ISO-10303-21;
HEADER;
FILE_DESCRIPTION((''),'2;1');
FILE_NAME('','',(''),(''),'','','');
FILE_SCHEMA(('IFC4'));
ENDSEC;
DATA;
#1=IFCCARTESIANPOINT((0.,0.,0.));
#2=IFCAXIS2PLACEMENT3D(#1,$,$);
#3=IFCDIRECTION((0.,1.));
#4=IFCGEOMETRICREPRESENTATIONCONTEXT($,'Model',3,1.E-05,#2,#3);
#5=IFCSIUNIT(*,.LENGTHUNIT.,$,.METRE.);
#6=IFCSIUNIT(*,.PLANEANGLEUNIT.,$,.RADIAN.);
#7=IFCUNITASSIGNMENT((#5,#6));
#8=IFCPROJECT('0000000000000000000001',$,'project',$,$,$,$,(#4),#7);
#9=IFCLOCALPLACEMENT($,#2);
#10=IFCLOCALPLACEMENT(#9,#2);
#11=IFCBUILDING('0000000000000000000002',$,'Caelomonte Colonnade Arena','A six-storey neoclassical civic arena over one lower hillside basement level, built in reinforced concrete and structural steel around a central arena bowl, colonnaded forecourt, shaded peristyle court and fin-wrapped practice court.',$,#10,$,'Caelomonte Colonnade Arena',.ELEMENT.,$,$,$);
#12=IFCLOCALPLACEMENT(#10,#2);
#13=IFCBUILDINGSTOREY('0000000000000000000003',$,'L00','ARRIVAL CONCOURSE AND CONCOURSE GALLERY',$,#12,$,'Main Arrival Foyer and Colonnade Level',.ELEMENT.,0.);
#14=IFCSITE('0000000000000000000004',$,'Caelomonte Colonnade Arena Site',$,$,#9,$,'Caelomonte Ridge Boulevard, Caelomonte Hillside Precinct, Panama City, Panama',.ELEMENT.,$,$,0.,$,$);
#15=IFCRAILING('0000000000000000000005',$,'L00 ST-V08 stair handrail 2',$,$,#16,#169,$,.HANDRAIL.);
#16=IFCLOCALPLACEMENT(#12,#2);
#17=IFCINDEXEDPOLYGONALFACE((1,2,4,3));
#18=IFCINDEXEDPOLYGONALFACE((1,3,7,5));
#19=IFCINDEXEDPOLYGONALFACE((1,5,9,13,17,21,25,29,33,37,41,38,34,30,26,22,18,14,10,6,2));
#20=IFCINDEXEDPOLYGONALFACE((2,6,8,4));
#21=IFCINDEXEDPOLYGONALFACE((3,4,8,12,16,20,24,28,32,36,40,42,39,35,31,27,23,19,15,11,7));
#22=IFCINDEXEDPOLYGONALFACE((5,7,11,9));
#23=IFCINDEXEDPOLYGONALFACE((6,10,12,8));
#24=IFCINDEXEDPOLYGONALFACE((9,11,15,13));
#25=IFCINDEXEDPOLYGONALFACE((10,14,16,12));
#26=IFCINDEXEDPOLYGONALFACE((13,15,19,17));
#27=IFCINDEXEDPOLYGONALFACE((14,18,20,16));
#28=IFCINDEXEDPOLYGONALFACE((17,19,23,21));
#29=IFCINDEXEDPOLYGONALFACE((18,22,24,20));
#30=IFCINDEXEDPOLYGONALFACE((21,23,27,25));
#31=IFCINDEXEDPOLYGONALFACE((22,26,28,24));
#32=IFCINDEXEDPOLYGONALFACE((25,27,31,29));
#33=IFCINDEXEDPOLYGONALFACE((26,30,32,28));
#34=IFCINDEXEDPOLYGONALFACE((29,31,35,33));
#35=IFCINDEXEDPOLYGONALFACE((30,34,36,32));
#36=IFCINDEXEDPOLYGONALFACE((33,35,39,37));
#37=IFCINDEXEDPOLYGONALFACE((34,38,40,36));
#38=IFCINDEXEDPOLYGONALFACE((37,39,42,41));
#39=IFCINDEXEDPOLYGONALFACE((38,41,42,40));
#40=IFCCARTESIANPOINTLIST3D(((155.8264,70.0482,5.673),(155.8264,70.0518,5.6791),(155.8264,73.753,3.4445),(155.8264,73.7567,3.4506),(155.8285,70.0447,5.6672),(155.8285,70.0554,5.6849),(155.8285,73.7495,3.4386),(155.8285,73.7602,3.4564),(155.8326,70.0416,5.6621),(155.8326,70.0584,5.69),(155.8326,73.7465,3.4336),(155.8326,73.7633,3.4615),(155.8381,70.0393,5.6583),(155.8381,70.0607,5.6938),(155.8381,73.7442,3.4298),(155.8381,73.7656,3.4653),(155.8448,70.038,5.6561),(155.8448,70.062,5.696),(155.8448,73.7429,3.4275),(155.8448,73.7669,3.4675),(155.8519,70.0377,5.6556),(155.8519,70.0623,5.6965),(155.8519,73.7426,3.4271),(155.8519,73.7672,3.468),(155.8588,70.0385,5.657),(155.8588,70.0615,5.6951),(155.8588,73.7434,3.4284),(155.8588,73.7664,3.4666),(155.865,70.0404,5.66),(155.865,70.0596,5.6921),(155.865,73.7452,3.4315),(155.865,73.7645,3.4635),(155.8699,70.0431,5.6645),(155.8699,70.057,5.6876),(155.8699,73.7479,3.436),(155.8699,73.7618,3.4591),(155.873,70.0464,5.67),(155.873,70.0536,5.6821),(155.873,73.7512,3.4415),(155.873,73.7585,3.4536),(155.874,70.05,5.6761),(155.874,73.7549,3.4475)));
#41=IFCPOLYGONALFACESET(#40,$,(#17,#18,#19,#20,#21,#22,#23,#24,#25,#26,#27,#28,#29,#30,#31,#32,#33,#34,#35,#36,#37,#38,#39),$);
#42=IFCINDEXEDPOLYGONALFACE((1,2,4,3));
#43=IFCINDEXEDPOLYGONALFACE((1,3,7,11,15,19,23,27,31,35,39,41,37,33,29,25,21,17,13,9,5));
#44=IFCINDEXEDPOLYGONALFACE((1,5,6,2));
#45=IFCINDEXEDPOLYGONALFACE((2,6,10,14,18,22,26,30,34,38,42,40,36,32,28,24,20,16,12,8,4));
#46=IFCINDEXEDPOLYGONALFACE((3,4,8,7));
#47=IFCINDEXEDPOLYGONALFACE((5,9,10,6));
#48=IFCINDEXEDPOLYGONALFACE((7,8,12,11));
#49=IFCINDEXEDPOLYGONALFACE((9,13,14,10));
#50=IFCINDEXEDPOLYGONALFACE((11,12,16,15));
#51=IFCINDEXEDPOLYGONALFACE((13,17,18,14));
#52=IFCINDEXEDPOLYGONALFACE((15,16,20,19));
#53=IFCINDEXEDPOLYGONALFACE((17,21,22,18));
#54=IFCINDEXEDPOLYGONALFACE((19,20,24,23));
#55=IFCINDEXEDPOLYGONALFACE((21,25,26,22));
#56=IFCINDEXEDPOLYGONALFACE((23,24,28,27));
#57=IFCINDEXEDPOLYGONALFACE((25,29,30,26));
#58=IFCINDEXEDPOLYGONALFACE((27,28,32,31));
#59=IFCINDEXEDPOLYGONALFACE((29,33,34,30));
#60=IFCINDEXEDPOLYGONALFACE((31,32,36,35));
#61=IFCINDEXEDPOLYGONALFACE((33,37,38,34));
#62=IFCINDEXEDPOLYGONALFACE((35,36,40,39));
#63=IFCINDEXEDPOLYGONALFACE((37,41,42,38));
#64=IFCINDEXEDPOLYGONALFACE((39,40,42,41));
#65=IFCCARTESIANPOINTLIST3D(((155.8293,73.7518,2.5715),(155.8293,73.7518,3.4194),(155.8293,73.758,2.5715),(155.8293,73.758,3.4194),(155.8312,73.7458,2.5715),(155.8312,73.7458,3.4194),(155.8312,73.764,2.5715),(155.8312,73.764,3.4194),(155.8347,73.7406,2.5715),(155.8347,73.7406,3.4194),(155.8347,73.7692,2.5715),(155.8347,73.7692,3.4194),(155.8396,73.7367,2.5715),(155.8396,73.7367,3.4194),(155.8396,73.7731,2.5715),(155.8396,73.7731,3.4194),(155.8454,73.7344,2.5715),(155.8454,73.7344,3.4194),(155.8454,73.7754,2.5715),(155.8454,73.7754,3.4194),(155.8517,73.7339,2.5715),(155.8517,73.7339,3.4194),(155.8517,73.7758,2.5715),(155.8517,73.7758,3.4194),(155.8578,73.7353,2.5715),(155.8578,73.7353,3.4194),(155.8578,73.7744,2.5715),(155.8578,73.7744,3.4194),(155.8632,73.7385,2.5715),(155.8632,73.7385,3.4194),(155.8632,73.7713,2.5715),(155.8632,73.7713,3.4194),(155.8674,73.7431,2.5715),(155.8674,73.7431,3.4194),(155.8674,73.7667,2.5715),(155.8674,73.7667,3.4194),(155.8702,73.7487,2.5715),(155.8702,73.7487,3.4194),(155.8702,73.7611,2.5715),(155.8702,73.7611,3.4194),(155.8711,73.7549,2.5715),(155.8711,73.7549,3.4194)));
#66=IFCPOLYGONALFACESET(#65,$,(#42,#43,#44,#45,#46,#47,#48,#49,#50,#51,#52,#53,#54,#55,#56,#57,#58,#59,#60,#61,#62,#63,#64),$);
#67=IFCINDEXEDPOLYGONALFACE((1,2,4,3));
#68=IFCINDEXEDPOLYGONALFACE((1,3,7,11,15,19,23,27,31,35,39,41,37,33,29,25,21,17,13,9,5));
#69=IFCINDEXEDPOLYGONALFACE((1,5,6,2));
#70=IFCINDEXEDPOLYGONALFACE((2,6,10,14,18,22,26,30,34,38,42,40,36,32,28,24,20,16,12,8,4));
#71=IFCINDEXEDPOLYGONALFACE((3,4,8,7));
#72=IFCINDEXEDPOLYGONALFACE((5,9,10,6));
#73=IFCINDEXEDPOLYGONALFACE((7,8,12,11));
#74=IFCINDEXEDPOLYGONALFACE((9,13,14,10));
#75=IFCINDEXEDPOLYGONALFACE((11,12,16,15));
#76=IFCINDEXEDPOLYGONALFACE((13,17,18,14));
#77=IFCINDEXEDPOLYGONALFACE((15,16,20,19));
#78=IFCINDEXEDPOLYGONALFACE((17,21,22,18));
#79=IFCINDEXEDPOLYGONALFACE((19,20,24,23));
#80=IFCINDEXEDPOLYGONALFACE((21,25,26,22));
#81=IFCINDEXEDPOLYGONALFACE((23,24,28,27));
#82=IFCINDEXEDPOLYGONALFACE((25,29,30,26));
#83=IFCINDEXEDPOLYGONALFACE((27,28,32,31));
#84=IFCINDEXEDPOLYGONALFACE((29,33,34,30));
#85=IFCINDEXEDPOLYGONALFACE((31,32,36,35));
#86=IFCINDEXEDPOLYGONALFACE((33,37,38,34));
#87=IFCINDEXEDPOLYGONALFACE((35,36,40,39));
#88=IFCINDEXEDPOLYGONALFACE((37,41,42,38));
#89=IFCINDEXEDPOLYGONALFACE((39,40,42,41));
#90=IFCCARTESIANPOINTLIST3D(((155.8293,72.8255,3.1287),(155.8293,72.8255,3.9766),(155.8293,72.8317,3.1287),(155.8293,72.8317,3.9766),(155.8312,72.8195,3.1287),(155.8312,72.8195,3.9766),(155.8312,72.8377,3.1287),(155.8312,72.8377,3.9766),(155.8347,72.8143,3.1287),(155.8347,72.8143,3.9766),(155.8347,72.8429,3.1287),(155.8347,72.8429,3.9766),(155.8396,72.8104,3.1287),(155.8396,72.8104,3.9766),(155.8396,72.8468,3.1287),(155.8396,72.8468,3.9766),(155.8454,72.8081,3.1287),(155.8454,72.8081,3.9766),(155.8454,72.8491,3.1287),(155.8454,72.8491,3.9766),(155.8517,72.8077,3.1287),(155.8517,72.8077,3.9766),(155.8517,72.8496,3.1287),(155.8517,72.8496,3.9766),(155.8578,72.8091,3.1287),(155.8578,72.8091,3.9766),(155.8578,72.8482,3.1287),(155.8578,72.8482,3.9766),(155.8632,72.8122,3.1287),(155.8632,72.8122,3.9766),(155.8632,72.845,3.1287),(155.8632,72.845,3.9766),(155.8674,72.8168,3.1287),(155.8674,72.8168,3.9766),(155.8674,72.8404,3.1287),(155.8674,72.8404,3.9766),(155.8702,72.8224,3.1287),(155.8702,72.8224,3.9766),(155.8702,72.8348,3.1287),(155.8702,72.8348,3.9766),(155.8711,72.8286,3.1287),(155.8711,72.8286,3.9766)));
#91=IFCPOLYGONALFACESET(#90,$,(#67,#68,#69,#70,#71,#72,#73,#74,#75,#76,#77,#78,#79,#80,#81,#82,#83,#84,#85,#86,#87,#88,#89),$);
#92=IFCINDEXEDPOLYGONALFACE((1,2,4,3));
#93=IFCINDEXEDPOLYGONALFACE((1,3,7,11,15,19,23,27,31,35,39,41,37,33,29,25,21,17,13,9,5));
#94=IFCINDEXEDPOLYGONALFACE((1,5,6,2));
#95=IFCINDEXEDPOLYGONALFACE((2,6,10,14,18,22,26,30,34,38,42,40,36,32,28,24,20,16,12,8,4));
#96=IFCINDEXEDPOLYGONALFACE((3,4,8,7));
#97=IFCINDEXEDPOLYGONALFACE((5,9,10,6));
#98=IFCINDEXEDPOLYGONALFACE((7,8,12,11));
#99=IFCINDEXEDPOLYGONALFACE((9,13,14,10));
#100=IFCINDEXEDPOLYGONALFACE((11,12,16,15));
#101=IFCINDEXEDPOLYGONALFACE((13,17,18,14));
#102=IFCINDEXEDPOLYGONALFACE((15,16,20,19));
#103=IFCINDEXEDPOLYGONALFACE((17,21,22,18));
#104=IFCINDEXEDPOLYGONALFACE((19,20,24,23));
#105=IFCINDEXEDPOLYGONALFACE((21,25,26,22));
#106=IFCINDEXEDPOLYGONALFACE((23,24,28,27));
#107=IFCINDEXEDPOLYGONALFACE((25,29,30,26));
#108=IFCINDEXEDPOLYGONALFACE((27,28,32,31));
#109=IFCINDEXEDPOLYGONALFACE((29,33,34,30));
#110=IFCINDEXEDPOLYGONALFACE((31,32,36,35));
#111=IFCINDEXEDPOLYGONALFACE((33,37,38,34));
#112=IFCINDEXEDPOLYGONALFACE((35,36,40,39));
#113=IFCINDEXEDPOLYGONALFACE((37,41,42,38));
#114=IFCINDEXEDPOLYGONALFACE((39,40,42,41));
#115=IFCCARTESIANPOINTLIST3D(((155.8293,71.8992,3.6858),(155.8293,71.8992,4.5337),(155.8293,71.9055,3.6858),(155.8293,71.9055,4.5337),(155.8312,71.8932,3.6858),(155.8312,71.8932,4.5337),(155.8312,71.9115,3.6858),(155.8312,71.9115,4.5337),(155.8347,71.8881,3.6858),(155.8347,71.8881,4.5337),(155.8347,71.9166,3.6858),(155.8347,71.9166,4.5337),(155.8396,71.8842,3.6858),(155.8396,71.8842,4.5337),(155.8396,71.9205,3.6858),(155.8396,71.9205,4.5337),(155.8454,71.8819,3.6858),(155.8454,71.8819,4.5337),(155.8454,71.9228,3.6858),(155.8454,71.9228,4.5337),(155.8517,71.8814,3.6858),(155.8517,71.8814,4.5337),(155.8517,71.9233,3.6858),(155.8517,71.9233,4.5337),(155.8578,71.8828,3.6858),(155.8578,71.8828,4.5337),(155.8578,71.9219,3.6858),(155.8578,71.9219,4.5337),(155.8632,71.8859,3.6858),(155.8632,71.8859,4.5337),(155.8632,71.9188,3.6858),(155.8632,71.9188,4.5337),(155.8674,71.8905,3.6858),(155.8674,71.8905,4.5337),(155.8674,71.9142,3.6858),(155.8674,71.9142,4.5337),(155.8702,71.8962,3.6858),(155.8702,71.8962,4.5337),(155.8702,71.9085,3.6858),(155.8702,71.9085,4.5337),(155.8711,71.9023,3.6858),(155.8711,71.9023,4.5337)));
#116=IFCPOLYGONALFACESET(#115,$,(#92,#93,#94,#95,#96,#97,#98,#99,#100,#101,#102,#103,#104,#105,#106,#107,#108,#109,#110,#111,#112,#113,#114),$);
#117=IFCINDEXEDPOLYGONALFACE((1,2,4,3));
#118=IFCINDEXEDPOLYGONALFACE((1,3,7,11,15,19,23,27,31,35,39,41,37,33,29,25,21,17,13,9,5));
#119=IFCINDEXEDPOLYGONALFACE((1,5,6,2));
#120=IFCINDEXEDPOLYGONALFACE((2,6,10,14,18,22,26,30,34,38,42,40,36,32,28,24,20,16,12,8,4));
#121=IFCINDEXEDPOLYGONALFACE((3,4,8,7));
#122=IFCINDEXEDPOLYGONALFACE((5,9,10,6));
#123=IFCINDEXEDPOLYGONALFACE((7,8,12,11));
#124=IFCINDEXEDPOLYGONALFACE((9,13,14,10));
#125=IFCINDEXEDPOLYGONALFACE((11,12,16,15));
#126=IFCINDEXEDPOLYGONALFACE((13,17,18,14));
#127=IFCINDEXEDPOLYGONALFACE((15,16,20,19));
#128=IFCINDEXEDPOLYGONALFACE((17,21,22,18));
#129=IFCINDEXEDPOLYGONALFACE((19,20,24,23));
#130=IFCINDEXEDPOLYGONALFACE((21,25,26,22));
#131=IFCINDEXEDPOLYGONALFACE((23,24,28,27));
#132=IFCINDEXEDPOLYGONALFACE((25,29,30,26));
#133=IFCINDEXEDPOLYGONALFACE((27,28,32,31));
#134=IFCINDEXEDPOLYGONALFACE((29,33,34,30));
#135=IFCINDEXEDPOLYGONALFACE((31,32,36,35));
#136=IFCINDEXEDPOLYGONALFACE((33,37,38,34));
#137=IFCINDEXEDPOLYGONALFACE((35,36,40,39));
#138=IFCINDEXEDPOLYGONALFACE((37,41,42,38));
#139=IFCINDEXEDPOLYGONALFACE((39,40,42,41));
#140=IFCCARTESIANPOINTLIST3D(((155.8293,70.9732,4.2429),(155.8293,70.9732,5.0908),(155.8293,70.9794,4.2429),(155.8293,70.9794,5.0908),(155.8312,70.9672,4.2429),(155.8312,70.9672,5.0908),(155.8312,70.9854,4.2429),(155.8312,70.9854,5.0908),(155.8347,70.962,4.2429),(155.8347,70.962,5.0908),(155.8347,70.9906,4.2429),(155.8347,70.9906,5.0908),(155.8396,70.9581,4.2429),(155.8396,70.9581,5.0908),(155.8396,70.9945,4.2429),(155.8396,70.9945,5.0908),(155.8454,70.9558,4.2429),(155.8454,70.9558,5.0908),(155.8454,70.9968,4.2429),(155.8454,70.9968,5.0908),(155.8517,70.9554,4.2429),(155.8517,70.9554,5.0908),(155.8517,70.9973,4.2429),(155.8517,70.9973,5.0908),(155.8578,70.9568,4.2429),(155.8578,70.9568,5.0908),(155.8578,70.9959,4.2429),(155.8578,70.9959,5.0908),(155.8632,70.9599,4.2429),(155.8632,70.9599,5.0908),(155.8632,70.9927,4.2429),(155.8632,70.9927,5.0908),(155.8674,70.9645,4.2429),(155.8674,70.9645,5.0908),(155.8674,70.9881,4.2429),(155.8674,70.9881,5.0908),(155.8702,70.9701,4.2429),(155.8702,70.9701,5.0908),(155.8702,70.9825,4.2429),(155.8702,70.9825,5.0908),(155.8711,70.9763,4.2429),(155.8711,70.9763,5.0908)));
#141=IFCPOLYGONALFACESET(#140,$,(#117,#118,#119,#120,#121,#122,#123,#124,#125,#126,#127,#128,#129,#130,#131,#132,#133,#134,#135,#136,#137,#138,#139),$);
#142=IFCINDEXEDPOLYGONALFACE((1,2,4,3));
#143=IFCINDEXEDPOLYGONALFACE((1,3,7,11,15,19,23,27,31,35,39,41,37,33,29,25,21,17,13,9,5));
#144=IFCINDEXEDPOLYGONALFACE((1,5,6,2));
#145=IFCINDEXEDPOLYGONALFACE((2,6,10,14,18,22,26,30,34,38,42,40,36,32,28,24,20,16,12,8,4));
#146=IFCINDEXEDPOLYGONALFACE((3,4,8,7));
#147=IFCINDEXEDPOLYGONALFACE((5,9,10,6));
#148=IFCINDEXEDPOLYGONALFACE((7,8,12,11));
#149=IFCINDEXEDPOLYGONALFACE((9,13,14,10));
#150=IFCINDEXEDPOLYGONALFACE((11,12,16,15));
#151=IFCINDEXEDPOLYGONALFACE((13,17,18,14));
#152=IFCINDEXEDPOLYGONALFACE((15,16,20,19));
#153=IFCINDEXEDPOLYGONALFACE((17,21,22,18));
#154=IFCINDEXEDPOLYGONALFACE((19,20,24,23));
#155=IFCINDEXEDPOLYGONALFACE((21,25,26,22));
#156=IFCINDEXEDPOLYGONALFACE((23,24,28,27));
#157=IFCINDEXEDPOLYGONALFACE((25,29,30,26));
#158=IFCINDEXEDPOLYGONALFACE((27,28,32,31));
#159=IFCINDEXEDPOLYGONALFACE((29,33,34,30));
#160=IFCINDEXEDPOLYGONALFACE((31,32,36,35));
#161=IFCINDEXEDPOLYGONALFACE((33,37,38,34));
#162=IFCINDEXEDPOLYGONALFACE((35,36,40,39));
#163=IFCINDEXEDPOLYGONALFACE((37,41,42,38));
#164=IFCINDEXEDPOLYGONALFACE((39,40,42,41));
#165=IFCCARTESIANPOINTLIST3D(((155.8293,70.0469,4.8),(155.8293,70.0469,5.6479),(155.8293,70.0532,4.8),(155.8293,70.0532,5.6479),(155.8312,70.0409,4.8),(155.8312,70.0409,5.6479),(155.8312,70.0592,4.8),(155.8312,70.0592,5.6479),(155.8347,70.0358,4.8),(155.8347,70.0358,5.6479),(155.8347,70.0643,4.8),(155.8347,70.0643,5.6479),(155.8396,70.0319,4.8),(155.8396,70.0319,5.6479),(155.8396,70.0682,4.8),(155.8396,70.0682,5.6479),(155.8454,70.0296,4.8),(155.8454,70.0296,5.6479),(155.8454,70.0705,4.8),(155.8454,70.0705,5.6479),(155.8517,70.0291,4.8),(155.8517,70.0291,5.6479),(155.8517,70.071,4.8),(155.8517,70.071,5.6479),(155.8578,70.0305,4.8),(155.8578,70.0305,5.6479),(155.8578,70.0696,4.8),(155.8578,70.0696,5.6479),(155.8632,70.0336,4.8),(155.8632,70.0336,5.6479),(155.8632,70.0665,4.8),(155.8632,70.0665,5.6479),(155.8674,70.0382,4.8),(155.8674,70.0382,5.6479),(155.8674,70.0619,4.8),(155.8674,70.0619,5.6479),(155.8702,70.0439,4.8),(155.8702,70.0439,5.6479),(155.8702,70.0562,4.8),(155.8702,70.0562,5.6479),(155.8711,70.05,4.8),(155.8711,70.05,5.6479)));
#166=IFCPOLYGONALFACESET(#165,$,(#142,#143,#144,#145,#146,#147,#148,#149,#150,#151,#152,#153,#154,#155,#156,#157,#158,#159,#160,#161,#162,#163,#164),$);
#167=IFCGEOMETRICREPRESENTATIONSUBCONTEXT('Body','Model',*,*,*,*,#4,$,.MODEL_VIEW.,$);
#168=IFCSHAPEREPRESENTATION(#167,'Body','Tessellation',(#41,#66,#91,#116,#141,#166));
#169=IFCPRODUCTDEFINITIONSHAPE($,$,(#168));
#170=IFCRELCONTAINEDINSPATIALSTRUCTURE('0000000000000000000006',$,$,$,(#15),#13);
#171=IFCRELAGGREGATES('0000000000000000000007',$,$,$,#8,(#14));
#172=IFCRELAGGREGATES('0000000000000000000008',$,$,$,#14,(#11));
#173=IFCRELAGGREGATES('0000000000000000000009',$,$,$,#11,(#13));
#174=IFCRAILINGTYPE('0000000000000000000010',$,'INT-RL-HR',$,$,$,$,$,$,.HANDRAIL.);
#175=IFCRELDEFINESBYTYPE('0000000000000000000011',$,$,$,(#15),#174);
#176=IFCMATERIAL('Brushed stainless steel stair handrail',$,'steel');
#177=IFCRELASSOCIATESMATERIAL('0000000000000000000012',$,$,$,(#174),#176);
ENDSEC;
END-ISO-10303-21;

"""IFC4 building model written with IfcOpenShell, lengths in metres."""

from ifc_helpers import new_model, si_unit, direction, frame, origin, origin_2d, place, context, subcontext, project, spatial, circle, extrude, material, type_object, element, save


model = new_model("IFC4")

# Units and contexts
model_context = context("Model", 3, precision=1e-05, world=origin(), true_north=direction((0.0, 1.0)))
body_context = subcontext(model_context, "Body", "Model", "MODEL_VIEW")
ifc_project = project(units=[si_unit("LENGTHUNIT", "METRE"), si_unit("PLANEANGLEUNIT", "RADIAN")], contexts=[model_context])

# Site, building, storey
site_placement = place(None, origin())
site = spatial("IfcSite", under=ifc_project, at=site_placement, Name="Caelomonte Colonnade Arena Site", LongName="Caelomonte Ridge Boulevard, Caelomonte Hillside Precinct, Panama City, Panama", CompositionType="ELEMENT", RefElevation=0.0)
building_placement = place(site_placement, origin())
building = spatial("IfcBuilding", under=site, at=building_placement, Name="Caelomonte Colonnade Arena", Description="A six-storey neoclassical civic arena over one lower hillside basement level, built in reinforced concrete and structural steel around a central arena bowl, colonnaded forecourt, shaded peristyle court and fin-wrapped practice court.", LongName="Caelomonte Colonnade Arena", CompositionType="ELEMENT")
storey_placement = place(building_placement, origin())
storey = spatial("IfcBuildingStorey", under=building, at=storey_placement, Name="L00", Description="ARRIVAL CONCOURSE AND CONCOURSE GALLERY", LongName="Main Arrival Foyer and Colonnade Level", CompositionType="ELEMENT", Elevation=0.0)

# Railing
ifc_material_1 = material(Name="Brushed stainless steel stair handrail", Category="steel")
railing_type_1 = type_object("IfcRailingType", Name="INT-RL-HR", PredefinedType="HANDRAIL", material=ifc_material_1)
railing_1_placement = place(storey_placement, frame((155.8501, 73.7549, 2.5715)))
element("IfcRailing", 1, at=railing_1_placement, inside=storey, type_object=railing_type_1, Name="L00 ST-V08 stair handrail 2", PredefinedType="HANDRAIL", context=body_context, shape_type="SweptSolid", body=[
    extrude(circle(Radius=0.0239, at=origin_2d()), frame((0.0, 0.0, 0.876), z_axis=(0.0, -0.856919, 0.51545), x_axis=(1.0, 0.0, 0.0)), (0.0, 0.0, 1.0), 4.3235),
    extrude(circle(Radius=0.021, at=origin_2d()), origin(), (0.0, 0.0, 1.0), 0.8479),
    extrude(circle(Radius=0.021, at=origin_2d()), frame((0.0, -0.9263, 0.5571)), (0.0, 0.0, 1.0), 0.8479),
    extrude(circle(Radius=0.021, at=origin_2d()), frame((0.0, -1.8525, 1.1143)), (0.0, 0.0, 1.0), 0.8479),
    extrude(circle(Radius=0.021, at=origin_2d()), frame((0.0, -2.7786, 1.6714)), (0.0, 0.0, 1.0), 0.8479),
    extrude(circle(Radius=0.021, at=origin_2d()), frame((0.0, -3.7048, 2.2285)), (0.0, 0.0, 1.0), 0.8479),
])

save(model, "model.ifc")
